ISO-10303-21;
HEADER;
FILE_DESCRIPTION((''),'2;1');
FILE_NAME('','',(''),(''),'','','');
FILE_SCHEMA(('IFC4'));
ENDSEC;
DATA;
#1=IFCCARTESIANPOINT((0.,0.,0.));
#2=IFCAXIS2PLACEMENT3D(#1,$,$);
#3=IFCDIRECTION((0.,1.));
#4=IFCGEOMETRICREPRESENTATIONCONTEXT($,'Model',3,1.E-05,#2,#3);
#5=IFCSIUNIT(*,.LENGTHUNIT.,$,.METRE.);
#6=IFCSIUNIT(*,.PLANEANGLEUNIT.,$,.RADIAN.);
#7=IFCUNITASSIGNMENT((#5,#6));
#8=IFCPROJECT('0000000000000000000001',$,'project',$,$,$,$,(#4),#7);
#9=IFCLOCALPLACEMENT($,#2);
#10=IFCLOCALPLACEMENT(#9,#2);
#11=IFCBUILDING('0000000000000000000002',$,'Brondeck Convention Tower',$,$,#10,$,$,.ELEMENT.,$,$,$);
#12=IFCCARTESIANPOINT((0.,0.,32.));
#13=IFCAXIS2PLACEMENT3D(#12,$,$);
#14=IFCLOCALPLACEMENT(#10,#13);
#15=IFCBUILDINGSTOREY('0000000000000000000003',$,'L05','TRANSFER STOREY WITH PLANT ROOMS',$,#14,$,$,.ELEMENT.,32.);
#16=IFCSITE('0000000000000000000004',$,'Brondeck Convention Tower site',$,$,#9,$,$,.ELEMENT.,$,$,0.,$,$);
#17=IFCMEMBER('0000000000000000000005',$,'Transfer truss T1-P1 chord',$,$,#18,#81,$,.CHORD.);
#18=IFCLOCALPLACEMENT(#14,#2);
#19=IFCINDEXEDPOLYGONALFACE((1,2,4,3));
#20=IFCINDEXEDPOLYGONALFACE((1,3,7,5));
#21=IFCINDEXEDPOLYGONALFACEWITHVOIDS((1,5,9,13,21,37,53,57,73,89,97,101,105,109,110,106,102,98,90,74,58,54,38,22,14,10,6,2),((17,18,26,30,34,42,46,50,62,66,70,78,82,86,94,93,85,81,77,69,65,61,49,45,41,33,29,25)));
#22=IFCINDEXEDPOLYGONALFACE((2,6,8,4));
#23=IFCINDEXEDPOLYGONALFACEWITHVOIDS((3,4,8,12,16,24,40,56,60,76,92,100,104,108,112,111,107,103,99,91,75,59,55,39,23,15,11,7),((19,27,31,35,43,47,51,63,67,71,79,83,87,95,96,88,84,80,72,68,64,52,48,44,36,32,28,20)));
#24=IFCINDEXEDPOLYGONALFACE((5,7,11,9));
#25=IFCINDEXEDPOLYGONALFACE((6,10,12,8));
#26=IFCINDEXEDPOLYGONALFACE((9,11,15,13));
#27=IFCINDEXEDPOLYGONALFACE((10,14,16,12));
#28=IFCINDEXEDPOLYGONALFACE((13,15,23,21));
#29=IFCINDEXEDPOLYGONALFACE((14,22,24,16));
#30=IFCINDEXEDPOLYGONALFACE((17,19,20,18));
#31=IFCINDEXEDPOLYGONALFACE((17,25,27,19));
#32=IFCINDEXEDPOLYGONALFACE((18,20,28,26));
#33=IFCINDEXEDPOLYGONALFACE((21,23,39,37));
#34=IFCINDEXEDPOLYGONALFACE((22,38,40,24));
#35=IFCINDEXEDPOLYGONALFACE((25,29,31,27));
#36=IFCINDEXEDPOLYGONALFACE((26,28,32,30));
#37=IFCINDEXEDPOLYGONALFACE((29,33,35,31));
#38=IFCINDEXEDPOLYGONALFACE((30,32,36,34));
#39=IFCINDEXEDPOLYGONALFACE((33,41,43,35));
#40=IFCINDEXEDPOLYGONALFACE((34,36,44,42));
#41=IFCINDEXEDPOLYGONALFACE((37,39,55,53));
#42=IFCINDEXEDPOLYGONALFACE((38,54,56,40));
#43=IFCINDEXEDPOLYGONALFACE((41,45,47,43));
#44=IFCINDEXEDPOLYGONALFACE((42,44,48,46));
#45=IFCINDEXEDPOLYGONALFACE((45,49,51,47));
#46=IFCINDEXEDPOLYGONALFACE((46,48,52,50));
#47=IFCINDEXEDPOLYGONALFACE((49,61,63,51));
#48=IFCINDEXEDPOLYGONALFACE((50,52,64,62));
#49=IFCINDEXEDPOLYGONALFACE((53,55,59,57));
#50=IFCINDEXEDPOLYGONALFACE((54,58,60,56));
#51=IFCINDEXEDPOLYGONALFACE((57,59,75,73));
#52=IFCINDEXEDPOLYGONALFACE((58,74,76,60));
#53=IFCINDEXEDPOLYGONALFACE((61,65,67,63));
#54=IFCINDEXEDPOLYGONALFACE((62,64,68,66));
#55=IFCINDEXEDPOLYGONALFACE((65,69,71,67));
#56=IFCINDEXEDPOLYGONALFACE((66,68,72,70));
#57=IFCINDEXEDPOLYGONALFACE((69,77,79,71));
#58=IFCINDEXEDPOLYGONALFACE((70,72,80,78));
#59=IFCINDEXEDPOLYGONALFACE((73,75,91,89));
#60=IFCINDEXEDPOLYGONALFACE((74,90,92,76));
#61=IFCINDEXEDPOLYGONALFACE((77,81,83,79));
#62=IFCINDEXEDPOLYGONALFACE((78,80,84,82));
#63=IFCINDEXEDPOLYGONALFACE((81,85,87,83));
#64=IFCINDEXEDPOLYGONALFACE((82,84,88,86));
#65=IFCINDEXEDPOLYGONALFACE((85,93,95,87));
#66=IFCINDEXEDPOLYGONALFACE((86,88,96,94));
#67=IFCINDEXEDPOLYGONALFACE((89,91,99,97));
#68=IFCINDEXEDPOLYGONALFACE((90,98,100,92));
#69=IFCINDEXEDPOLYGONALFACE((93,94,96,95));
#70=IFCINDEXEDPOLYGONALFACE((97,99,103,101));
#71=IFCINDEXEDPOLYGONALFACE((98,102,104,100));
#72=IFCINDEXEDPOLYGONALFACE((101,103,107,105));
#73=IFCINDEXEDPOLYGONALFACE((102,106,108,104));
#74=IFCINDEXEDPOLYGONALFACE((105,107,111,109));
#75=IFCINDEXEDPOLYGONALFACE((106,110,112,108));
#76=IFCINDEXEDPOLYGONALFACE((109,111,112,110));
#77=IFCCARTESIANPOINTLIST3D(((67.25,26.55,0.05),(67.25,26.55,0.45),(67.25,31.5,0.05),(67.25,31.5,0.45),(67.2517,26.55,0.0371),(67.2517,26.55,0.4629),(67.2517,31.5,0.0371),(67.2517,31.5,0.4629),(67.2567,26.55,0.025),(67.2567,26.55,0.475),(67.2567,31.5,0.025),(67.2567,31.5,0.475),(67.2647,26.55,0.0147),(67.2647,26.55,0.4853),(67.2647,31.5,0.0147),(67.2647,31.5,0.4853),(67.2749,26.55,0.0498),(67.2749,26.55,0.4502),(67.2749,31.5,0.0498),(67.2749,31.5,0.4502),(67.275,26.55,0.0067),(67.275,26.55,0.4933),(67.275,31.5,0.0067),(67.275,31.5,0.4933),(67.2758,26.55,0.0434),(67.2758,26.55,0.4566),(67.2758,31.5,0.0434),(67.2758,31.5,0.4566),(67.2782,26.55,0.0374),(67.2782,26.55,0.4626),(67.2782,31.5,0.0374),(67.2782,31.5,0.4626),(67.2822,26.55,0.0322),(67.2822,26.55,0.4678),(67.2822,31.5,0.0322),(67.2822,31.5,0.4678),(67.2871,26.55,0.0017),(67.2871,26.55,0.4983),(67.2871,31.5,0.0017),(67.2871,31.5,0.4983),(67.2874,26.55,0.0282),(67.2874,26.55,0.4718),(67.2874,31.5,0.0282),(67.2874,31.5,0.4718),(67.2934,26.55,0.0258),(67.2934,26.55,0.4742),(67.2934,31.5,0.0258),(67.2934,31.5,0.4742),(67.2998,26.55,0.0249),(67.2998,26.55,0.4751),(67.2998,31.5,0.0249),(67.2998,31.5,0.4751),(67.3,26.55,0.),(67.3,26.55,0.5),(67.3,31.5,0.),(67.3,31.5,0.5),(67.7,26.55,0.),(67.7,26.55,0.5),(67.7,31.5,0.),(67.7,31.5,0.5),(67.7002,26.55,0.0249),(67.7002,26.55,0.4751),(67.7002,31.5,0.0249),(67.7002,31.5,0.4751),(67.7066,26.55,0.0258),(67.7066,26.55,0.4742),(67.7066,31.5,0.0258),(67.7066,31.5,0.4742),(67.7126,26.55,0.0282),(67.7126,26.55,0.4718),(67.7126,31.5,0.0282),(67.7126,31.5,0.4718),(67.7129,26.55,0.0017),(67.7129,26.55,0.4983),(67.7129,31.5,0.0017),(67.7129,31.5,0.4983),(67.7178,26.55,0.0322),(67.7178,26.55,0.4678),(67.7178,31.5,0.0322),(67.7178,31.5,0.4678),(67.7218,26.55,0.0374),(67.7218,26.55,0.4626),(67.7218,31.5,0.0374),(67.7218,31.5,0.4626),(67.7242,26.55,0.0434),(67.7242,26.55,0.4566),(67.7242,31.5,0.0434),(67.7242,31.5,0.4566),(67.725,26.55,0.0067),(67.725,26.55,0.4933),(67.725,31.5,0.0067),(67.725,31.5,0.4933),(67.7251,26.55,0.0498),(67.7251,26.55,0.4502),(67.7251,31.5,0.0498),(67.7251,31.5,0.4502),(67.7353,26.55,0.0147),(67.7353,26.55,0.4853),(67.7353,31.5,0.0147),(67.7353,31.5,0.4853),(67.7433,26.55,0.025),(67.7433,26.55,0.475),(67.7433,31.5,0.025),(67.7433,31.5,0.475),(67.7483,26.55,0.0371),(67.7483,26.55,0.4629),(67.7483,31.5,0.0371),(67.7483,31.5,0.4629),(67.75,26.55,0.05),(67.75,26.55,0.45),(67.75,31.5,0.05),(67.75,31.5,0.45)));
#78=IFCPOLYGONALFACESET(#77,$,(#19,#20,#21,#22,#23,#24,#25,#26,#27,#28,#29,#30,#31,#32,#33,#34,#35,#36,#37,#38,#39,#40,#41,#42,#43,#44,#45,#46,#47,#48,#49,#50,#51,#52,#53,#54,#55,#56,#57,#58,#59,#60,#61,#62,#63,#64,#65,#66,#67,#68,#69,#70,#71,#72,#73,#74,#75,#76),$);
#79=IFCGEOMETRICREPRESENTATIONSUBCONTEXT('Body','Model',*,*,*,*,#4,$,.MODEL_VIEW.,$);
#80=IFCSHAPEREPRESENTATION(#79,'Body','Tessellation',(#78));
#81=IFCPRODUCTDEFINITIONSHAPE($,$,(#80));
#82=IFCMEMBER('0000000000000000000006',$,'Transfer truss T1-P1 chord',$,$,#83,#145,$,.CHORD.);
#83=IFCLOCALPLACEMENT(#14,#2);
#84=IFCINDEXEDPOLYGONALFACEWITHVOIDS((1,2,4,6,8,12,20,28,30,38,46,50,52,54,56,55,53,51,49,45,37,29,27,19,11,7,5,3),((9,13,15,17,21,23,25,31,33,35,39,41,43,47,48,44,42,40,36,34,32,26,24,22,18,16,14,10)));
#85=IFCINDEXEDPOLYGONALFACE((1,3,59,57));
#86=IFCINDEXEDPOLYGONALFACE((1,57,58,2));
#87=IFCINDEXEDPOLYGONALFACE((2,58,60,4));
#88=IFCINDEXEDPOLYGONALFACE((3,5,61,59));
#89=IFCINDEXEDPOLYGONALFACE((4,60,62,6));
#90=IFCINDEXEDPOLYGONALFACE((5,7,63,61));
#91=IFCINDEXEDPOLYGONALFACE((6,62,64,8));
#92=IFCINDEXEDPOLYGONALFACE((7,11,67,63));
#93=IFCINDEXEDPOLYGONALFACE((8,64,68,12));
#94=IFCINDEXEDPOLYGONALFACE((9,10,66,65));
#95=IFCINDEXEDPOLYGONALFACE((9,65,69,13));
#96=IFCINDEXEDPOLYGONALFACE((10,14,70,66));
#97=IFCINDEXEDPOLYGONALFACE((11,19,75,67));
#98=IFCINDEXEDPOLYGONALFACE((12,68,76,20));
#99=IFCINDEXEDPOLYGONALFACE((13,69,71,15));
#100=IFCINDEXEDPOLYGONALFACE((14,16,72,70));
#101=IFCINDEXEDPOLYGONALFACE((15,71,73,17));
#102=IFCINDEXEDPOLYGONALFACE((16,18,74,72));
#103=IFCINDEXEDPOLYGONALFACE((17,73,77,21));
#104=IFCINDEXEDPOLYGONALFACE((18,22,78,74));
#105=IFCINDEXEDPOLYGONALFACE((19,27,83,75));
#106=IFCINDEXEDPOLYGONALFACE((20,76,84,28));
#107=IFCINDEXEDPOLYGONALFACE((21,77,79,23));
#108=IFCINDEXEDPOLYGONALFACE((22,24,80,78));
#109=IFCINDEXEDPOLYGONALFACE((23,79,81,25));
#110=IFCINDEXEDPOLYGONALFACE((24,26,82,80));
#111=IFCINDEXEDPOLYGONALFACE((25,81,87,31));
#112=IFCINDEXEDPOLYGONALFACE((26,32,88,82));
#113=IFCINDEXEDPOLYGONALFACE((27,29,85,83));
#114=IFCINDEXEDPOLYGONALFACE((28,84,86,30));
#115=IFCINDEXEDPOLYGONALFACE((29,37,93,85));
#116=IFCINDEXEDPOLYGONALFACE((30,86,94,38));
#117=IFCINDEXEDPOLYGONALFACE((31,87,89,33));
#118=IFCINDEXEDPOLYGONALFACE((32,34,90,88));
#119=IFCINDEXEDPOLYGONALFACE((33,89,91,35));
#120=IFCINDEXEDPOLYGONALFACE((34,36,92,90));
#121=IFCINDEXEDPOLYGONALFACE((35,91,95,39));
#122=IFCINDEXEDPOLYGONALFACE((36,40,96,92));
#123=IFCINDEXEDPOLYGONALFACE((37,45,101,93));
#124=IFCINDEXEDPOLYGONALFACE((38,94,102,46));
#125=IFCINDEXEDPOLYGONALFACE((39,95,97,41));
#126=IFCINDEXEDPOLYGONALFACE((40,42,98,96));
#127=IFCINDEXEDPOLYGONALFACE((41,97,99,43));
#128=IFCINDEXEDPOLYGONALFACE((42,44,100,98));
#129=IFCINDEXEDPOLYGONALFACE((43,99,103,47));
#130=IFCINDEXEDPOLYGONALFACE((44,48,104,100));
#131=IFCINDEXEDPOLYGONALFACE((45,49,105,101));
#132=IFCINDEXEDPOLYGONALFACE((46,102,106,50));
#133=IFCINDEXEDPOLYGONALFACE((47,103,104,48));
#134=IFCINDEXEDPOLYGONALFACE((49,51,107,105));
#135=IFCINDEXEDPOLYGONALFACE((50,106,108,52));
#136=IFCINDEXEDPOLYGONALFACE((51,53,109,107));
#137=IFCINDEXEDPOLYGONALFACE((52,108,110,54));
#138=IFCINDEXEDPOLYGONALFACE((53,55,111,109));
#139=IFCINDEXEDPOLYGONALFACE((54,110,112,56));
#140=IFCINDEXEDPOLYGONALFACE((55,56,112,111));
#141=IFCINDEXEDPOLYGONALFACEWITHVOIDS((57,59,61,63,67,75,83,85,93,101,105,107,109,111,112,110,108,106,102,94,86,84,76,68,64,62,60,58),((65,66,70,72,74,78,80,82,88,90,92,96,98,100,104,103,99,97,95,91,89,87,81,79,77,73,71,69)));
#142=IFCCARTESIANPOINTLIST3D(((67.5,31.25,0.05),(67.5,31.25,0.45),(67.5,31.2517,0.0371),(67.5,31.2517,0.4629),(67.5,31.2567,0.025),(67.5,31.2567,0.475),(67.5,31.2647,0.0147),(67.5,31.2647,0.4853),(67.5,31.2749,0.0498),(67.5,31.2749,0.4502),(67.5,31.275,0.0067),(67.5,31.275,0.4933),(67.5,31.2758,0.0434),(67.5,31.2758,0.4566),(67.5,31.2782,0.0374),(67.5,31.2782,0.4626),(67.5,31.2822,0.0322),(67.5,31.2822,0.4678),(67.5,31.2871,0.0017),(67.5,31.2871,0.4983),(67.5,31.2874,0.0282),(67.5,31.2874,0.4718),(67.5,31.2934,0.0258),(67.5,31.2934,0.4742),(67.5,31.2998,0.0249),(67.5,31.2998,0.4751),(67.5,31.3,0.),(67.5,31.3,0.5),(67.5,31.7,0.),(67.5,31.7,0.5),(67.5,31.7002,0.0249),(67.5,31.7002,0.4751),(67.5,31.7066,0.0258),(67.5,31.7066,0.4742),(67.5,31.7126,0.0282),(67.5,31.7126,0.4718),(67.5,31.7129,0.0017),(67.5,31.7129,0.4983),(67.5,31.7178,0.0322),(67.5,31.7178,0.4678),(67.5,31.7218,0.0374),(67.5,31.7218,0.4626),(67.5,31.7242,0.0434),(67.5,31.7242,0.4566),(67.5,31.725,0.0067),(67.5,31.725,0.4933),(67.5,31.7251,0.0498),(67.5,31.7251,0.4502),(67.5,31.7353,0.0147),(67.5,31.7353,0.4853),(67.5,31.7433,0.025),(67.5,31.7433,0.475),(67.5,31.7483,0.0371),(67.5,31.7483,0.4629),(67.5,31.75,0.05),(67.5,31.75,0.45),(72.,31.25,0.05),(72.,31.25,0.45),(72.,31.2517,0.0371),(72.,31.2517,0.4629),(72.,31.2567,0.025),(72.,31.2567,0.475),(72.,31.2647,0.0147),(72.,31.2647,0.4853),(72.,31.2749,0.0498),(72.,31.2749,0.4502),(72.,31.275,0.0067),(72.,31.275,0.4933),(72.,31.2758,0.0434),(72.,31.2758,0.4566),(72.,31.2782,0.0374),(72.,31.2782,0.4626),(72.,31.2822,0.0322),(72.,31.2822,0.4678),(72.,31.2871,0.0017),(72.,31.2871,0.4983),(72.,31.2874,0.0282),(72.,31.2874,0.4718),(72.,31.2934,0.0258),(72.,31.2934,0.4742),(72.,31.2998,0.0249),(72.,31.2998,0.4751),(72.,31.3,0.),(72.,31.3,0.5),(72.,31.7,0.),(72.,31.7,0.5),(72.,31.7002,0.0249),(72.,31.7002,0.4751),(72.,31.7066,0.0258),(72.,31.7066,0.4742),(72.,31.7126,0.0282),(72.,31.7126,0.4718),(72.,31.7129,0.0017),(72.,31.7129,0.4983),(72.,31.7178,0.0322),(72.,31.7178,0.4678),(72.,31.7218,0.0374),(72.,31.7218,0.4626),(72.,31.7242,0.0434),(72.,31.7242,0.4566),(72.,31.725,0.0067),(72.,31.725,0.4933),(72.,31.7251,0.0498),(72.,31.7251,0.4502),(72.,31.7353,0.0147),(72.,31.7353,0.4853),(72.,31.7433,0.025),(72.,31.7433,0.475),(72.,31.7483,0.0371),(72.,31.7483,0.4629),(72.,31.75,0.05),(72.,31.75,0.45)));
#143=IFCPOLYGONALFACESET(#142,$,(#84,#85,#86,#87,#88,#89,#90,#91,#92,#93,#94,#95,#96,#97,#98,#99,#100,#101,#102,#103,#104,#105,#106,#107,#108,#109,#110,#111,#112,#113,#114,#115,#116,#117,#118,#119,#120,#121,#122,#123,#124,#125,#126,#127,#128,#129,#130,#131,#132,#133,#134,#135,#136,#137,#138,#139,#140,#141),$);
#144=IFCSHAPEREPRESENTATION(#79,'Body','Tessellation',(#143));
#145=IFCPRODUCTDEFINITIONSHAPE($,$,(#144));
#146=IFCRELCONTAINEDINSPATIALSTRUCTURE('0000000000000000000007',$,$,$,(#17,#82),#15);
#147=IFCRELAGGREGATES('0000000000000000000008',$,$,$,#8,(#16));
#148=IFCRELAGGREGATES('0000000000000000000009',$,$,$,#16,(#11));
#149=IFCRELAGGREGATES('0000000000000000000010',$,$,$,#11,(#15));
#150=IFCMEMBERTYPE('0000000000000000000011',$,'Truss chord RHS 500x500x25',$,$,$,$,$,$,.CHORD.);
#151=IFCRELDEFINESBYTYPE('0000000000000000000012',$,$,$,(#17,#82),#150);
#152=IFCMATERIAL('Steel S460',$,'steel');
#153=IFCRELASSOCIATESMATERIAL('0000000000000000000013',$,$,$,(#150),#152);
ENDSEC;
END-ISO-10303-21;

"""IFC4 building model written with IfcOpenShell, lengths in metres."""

from ifc_helpers import new_model, si_unit, direction, frame, origin, origin_2d, place, context, subcontext, project, spatial, hollow_rectangle, extrude, material, material_profile, profile_set, type_object, element, save


model = new_model("IFC4")

# Units and contexts
model_context = context("Model", 3, precision=1e-05, world=origin(), true_north=direction((0.0, 1.0)))
body_context = subcontext(model_context, "Body", "Model", "MODEL_VIEW")
ifc_project = project(units=[si_unit("LENGTHUNIT", "METRE"), si_unit("PLANEANGLEUNIT", "RADIAN")], contexts=[model_context])

# Site, building, storey
site_placement = place(None, origin())
site = spatial("IfcSite", under=ifc_project, at=site_placement, Name="Brondeck Convention Tower site", CompositionType="ELEMENT", RefElevation=0.0)
building_placement = place(site_placement, origin())
building = spatial("IfcBuilding", under=site, at=building_placement, Name="Brondeck Convention Tower", CompositionType="ELEMENT")
storey_placement = place(building_placement, frame((0.0, 0.0, 32.0)))
storey = spatial("IfcBuildingStorey", under=building, at=storey_placement, Name="L05", Description="TRANSFER STOREY WITH PLANT ROOMS", CompositionType="ELEMENT", Elevation=32.0)

# Shared definitions
ifc_material_1 = material(Name="Steel S460", Category="steel")

# Members
ifc_material_profile_1 = material_profile(ifc_material_1, hollow_rectangle(XDim=0.5, YDim=0.5, WallThickness=0.0249, InnerFilletRadius=0.0249, OuterFilletRadius=0.05, at=origin_2d()), Name="RHS 500x500x25")
ifc_profile_set_1 = profile_set([ifc_material_profile_1], Name="Steel S460")
member_type_1 = type_object("IfcMemberType", Name="Truss chord RHS 500x500x25", PredefinedType="CHORD", material=ifc_profile_set_1)
member_1_placement = place(storey_placement, frame((67.5, 26.55, 0.25), z_axis=(0.0, 1.0, 0.0), x_axis=(-1.0, 0.0, 0.0)))
element("IfcMember", 1, at=member_1_placement, inside=storey, type_object=member_type_1, Name="Transfer truss T1-P1 chord", PredefinedType="CHORD", context=body_context, shape_type="SweptSolid", body=[
    extrude(hollow_rectangle(XDim=0.5, YDim=0.5, WallThickness=0.0249, InnerFilletRadius=0.0249, OuterFilletRadius=0.05, at=origin_2d()), origin(), (0.0, 0.0, 1.0), 4.95),
])
member_2_placement = place(storey_placement, frame((67.5, 31.5, 0.25), z_axis=(1.0, 0.0, 0.0), x_axis=(0.0, 1.0, 0.0)))
element("IfcMember", 2, at=member_2_placement, inside=storey, type_object=member_type_1, Name="Transfer truss T1-P1 chord", PredefinedType="CHORD", context=body_context, shape_type="SweptSolid", body=[
    extrude(hollow_rectangle(XDim=0.5, YDim=0.5, WallThickness=0.0249, InnerFilletRadius=0.0249, OuterFilletRadius=0.05, at=origin_2d()), origin(), (0.0, 0.0, 1.0), 4.5),
])

save(model, "model.ifc")
